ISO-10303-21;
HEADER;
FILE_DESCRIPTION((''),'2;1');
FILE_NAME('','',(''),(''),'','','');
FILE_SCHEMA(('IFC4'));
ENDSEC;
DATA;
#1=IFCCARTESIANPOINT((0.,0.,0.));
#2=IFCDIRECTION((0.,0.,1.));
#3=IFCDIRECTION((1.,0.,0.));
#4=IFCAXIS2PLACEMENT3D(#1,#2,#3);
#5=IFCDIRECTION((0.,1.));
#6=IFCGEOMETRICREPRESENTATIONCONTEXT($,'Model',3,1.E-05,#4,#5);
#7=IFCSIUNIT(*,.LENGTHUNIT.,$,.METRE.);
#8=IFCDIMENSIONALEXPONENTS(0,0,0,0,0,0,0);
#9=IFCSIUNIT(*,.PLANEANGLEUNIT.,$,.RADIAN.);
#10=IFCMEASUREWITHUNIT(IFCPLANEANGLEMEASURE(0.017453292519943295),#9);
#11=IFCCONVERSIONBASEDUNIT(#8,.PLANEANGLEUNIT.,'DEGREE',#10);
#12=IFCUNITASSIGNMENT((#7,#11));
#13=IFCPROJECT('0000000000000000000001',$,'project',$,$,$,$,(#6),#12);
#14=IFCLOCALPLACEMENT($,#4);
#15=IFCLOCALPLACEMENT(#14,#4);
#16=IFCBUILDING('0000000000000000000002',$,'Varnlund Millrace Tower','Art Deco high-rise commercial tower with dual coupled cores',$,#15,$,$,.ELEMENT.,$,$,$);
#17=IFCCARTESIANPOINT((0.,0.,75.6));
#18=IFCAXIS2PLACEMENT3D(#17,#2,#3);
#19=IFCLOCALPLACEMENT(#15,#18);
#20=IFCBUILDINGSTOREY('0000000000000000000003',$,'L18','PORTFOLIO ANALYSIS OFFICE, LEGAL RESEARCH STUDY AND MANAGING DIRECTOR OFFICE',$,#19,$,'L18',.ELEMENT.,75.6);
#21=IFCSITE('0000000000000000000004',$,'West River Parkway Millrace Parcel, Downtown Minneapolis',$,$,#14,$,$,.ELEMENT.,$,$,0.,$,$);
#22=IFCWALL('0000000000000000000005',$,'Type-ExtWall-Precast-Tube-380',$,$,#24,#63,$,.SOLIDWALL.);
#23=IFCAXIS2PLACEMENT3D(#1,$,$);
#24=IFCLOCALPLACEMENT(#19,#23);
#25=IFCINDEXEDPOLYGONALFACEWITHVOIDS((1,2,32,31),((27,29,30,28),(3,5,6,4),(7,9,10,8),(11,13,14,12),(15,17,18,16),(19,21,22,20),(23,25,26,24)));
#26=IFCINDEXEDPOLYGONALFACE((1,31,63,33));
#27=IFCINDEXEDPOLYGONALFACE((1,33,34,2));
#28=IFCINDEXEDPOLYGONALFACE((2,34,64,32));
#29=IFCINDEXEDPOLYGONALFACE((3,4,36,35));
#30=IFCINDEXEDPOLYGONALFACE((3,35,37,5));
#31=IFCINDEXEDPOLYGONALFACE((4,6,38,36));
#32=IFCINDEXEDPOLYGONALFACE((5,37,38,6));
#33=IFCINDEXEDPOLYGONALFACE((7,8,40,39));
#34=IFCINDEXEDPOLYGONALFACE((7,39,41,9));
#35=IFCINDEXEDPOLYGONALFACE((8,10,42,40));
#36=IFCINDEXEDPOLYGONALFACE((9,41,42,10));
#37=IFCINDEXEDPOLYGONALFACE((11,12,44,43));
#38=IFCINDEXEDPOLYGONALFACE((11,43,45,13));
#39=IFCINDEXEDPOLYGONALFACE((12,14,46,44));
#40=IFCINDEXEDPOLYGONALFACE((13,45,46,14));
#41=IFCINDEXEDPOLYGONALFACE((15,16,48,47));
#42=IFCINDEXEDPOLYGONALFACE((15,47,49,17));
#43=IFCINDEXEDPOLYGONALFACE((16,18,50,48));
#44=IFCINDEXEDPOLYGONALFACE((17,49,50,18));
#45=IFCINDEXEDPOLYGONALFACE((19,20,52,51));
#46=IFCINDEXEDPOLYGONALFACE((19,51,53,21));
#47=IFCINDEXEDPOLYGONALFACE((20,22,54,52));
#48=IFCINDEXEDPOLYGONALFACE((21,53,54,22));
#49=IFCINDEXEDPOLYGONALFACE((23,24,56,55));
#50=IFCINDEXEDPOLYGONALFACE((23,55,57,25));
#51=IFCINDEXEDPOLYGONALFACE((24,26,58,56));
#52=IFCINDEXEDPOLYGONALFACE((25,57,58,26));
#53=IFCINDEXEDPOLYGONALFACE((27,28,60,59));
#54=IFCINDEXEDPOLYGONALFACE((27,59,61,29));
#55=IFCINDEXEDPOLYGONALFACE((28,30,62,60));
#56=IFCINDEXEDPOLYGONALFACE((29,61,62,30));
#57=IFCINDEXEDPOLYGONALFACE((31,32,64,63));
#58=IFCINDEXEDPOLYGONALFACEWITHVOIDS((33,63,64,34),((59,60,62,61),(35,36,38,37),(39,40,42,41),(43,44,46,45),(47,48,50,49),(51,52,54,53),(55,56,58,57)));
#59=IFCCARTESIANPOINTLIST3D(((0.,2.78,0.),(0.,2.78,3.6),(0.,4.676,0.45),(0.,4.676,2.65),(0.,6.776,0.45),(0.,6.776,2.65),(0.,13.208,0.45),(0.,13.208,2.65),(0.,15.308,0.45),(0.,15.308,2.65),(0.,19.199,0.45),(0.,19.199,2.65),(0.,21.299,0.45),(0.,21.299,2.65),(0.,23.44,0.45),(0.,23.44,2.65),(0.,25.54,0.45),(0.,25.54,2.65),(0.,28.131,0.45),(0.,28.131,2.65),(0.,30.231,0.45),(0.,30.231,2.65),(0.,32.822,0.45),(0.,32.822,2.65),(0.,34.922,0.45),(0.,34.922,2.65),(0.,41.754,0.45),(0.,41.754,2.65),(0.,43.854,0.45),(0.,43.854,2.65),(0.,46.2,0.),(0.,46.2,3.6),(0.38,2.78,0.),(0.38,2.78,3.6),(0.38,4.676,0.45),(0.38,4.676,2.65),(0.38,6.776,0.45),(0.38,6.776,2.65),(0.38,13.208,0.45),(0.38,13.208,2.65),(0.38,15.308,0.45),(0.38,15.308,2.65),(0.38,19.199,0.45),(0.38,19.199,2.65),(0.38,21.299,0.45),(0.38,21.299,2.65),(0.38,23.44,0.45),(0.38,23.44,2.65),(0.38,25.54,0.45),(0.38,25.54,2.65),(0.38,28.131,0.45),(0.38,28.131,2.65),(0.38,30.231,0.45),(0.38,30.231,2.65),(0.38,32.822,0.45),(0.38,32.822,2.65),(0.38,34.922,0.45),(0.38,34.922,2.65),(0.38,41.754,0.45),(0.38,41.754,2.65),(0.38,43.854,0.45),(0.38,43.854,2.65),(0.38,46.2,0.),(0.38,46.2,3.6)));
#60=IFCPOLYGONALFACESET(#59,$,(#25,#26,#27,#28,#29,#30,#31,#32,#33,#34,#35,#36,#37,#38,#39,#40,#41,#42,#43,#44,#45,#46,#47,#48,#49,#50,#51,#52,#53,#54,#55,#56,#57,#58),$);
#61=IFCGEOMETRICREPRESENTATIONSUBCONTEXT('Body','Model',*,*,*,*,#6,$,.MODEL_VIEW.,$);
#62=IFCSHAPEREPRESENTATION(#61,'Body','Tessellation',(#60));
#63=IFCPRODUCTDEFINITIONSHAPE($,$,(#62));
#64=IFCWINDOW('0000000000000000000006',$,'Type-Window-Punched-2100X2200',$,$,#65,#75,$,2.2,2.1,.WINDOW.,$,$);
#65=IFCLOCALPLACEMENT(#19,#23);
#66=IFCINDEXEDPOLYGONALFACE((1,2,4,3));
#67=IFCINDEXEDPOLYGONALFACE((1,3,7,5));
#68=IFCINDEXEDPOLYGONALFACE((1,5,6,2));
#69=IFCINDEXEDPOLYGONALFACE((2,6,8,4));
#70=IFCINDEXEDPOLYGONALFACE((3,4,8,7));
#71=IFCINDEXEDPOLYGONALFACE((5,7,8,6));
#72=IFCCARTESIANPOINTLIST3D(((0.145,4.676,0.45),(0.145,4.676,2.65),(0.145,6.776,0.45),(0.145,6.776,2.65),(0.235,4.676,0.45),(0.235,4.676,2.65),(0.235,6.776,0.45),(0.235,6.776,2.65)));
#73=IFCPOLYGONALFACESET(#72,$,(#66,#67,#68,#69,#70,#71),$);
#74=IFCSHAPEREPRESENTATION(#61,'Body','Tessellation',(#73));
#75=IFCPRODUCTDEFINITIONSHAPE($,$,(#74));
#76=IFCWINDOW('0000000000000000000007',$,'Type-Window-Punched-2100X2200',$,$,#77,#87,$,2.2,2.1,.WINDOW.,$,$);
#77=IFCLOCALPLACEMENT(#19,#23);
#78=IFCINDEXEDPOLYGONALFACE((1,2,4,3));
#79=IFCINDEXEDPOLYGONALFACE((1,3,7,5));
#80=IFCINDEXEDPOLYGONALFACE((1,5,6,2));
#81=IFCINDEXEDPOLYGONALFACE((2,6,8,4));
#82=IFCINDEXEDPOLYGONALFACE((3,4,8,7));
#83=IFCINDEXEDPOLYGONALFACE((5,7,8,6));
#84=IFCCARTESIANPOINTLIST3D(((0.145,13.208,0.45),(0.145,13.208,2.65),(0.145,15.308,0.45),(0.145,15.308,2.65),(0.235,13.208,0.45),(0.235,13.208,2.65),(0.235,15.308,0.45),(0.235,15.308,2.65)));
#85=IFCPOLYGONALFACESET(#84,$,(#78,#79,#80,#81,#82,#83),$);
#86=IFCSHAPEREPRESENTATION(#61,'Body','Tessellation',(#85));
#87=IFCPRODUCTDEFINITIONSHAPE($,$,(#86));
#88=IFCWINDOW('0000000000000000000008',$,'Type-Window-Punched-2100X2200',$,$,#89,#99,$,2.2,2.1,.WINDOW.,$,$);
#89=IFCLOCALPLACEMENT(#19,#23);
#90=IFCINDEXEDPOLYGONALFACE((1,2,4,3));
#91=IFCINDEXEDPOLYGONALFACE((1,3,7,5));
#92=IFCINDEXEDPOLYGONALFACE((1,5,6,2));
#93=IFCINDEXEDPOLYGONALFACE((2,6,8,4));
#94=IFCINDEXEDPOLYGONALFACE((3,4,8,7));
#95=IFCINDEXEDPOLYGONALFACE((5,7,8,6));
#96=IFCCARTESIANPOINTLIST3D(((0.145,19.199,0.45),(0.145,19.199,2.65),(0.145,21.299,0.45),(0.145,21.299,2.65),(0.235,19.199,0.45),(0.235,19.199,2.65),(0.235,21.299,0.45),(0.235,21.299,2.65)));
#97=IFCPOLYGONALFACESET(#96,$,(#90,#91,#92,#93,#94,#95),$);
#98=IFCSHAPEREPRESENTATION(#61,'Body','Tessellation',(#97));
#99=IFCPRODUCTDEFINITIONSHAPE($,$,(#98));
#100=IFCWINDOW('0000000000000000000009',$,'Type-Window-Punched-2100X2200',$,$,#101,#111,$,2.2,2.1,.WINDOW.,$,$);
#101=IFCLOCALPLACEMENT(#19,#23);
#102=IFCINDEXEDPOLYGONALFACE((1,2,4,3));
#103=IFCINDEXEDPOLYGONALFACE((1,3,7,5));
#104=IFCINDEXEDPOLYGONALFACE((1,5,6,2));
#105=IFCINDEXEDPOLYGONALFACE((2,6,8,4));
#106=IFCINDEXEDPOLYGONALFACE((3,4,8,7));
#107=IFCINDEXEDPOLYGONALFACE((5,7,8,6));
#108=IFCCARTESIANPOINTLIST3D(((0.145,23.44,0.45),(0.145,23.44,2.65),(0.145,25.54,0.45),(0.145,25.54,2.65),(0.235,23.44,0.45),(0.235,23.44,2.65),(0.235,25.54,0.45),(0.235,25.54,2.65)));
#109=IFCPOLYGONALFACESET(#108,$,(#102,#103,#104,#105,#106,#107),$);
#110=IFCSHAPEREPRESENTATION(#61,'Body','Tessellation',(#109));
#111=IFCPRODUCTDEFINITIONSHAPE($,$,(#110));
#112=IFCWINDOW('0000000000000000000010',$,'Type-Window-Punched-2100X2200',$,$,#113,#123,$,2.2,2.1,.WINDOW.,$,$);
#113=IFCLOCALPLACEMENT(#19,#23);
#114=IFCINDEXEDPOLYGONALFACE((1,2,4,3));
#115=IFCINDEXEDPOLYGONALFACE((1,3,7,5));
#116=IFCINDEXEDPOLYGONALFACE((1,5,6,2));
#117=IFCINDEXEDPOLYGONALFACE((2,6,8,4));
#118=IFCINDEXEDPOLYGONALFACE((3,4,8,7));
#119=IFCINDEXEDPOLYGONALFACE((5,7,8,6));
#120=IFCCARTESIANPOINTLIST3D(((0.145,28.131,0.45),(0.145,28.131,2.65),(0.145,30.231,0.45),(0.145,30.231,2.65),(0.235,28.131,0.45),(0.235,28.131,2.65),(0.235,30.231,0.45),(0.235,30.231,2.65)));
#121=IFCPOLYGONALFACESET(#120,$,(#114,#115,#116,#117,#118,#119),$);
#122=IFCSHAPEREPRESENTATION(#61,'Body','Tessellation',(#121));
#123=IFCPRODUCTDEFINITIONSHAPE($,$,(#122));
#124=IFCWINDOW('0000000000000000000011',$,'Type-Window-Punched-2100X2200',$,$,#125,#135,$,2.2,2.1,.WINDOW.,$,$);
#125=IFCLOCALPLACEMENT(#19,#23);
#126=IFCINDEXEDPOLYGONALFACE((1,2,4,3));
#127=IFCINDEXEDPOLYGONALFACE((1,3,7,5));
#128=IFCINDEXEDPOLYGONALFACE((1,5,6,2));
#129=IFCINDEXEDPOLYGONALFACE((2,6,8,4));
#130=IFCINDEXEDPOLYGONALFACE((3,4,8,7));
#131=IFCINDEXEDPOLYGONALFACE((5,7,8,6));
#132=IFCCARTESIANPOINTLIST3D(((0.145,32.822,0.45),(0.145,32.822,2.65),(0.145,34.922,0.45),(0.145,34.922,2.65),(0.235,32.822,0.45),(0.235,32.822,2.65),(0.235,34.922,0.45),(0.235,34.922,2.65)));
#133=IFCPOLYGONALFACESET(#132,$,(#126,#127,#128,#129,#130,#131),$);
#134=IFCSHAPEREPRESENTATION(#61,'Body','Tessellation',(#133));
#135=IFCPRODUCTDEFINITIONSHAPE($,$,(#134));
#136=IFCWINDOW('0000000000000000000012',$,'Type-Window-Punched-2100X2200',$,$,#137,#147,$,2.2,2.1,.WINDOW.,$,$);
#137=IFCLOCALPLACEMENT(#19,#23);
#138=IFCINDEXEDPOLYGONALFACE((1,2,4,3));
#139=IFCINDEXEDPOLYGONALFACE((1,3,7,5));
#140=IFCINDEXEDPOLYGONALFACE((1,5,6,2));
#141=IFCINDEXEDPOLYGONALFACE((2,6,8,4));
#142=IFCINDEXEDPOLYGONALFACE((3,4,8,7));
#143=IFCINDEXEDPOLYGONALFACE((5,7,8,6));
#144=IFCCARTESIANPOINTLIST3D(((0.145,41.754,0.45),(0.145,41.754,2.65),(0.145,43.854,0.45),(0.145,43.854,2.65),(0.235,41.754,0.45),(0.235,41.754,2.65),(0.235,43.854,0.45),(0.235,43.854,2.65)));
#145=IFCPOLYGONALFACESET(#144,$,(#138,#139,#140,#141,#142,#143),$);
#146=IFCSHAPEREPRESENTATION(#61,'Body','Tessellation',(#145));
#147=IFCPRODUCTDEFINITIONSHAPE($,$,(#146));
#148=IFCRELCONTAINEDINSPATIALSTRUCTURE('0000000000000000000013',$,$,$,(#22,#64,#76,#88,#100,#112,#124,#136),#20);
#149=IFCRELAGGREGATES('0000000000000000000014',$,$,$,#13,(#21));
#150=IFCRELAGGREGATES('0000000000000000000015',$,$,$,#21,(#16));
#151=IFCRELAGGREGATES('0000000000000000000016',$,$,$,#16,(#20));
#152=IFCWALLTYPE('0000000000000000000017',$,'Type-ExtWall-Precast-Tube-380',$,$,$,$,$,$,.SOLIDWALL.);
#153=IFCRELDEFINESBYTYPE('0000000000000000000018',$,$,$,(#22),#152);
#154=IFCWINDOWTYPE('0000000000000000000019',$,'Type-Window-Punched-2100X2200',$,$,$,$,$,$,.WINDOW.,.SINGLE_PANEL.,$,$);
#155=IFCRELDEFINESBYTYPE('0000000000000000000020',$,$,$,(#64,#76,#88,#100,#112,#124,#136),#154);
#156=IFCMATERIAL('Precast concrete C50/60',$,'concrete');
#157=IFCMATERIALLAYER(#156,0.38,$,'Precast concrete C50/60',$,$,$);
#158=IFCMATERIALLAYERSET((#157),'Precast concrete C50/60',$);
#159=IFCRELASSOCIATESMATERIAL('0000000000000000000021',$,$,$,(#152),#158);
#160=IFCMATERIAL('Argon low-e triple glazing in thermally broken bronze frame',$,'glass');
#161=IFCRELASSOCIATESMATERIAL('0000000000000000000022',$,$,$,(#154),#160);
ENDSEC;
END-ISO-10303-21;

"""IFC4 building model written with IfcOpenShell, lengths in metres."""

from ifc_helpers import new_model, entity, si_unit, converted_unit, direction, frame, origin_with_axes, origin_2d_with_axis, place, context, subcontext, project, spatial, polyline, rectangle, outline, extrude, material, layer, layer_set, type_object, element, fill, save


model = new_model("IFC4")

# Units and contexts
model_context = context("Model", 3, precision=1e-05, world=origin_with_axes(), true_north=direction((0.0, 1.0)))
body_context = subcontext(model_context, "Body", "Model", "MODEL_VIEW")
ifc_project = project(units=[si_unit("LENGTHUNIT", "METRE"), converted_unit("PLANEANGLEUNIT", "DEGREE", entity("IfcPlaneAngleMeasure", 0.017453292519943295), si_unit("PLANEANGLEUNIT", "RADIAN"), dimensions=[0, 0, 0, 0, 0, 0, 0])], contexts=[model_context])

# Site, building, storey
site_placement = place(None, origin_with_axes())
site = spatial("IfcSite", under=ifc_project, at=site_placement, Name="West River Parkway Millrace Parcel, Downtown Minneapolis", CompositionType="ELEMENT", RefElevation=0.0)
building_placement = place(site_placement, origin_with_axes())
building = spatial("IfcBuilding", under=site, at=building_placement, Name="Varnlund Millrace Tower", Description="Art Deco high-rise commercial tower with dual coupled cores", CompositionType="ELEMENT")
storey_placement = place(building_placement, frame((0.0, 0.0, 75.6), z_axis=(0.0, 0.0, 1.0), x_axis=(1.0, 0.0, 0.0)))
storey = spatial("IfcBuildingStorey", under=building, at=storey_placement, Name="L18", Description="PORTFOLIO ANALYSIS OFFICE, LEGAL RESEARCH STUDY AND MANAGING DIRECTOR OFFICE", LongName="L18", CompositionType="ELEMENT", Elevation=75.6)

# Shared definitions
ifc_material_1 = material(Name="Precast concrete C50/60", Category="concrete")
ifc_layer_1 = layer(ifc_material_1, 0.38, Name="Precast concrete C50/60")
ifc_layer_set_1 = layer_set([ifc_layer_1], Name="Precast concrete C50/60")
wall_type = type_object("IfcWallType", Name="Type-ExtWall-Precast-Tube-380", PredefinedType="SOLIDWALL", material=ifc_layer_set_1)

# Wall, openings, windows
wall_1_placement = place(storey_placement, frame((0.19, 2.78, 0.0), z_axis=(0.0, 0.0, 1.0), x_axis=(0.0, 1.0, 0.0)))
wall_1 = element("IfcWall", 1, at=wall_1_placement, inside=storey, type_object=wall_type, Name="Type-ExtWall-Precast-Tube-380", PredefinedType="SOLIDWALL", context=body_context, shape_type="SweptSolid", body=[
    extrude(outline(polyline([(0.0, -0.19), (43.42, -0.19), (43.42, 0.19), (0.0, 0.19), (0.0, -0.19)])), origin_with_axes(), (0.0, 0.0, 1.0), 3.6),
])
opening_1_placement = place(wall_1_placement, frame((2.946, 0.0, 0.45), z_axis=(0.0, 0.0, 1.0), x_axis=(1.0, 0.0, 0.0)))
opening_1 = element("IfcOpeningElement", 2, at=opening_1_placement, cuts=wall_1, PredefinedType="OPENING", context=body_context, shape_type="SweptSolid", body=[
    extrude(rectangle(XDim=2.1, YDim=0.4, at=origin_2d_with_axis()), origin_with_axes(), (0.0, 0.0, 1.0), 2.2),
])
opening_2_placement = place(wall_1_placement, frame((11.478, 0.0, 0.45), z_axis=(0.0, 0.0, 1.0), x_axis=(1.0, 0.0, 0.0)))
opening_2 = element("IfcOpeningElement", 3, at=opening_2_placement, cuts=wall_1, PredefinedType="OPENING", context=body_context, shape_type="SweptSolid", body=[
    extrude(rectangle(XDim=2.1, YDim=0.4, at=origin_2d_with_axis()), origin_with_axes(), (0.0, 0.0, 1.0), 2.2),
])
opening_3_placement = place(wall_1_placement, frame((17.469, 0.0, 0.45), z_axis=(0.0, 0.0, 1.0), x_axis=(1.0, 0.0, 0.0)))
opening_3 = element("IfcOpeningElement", 4, at=opening_3_placement, cuts=wall_1, PredefinedType="OPENING", context=body_context, shape_type="SweptSolid", body=[
    extrude(rectangle(XDim=2.1, YDim=0.4, at=origin_2d_with_axis()), origin_with_axes(), (0.0, 0.0, 1.0), 2.2),
])
opening_4_placement = place(wall_1_placement, frame((21.71, 0.0, 0.45), z_axis=(0.0, 0.0, 1.0), x_axis=(1.0, 0.0, 0.0)))
opening_4 = element("IfcOpeningElement", 5, at=opening_4_placement, cuts=wall_1, PredefinedType="OPENING", context=body_context, shape_type="SweptSolid", body=[
    extrude(rectangle(XDim=2.1, YDim=0.4, at=origin_2d_with_axis()), origin_with_axes(), (0.0, 0.0, 1.0), 2.2),
])
opening_5_placement = place(wall_1_placement, frame((26.401, 0.0, 0.45), z_axis=(0.0, 0.0, 1.0), x_axis=(1.0, 0.0, 0.0)))
opening_5 = element("IfcOpeningElement", 6, at=opening_5_placement, cuts=wall_1, PredefinedType="OPENING", context=body_context, shape_type="SweptSolid", body=[
    extrude(rectangle(XDim=2.1, YDim=0.4, at=origin_2d_with_axis()), origin_with_axes(), (0.0, 0.0, 1.0), 2.2),
])
opening_6_placement = place(wall_1_placement, frame((31.092, 0.0, 0.45), z_axis=(0.0, 0.0, 1.0), x_axis=(1.0, 0.0, 0.0)))
opening_6 = element("IfcOpeningElement", 7, at=opening_6_placement, cuts=wall_1, PredefinedType="OPENING", context=body_context, shape_type="SweptSolid", body=[
    extrude(rectangle(XDim=2.1, YDim=0.4, at=origin_2d_with_axis()), origin_with_axes(), (0.0, 0.0, 1.0), 2.2),
])
opening_7_placement = place(wall_1_placement, frame((40.024, 0.0, 0.45), z_axis=(0.0, 0.0, 1.0), x_axis=(1.0, 0.0, 0.0)))
opening_7 = element("IfcOpeningElement", 8, at=opening_7_placement, cuts=wall_1, PredefinedType="OPENING", context=body_context, shape_type="SweptSolid", body=[
    extrude(rectangle(XDim=2.1, YDim=0.4, at=origin_2d_with_axis()), origin_with_axes(), (0.0, 0.0, 1.0), 2.2),
])
ifc_material_2 = material(Name="Argon low-e triple glazing in thermally broken bronze frame", Category="glass")
window_type = type_object("IfcWindowType", Name="Type-Window-Punched-2100X2200", PartitioningType="SINGLE_PANEL", PredefinedType="WINDOW", material=ifc_material_2)
window_1_placement = place(wall_1_placement, frame((2.946, 0.0, 0.45), z_axis=(0.0, 0.0, 1.0), x_axis=(1.0, 0.0, 0.0)))
window_1 = element("IfcWindow", 9, at=window_1_placement, inside=storey, type_object=window_type, Name="Type-Window-Punched-2100X2200", OverallHeight=2.2, OverallWidth=2.1, PredefinedType="WINDOW", context=body_context, shape_type="SweptSolid", body=[
    extrude(rectangle(XDim=2.1, YDim=0.09, at=origin_2d_with_axis()), origin_with_axes(), (0.0, 0.0, 1.0), 2.2),
])
fill(opening_1, window_1)
window_2_placement = place(wall_1_placement, frame((11.478, 0.0, 0.45), z_axis=(0.0, 0.0, 1.0), x_axis=(1.0, 0.0, 0.0)))
window_2 = element("IfcWindow", 10, at=window_2_placement, inside=storey, type_object=window_type, Name="Type-Window-Punched-2100X2200", OverallHeight=2.2, OverallWidth=2.1, PredefinedType="WINDOW", context=body_context, shape_type="SweptSolid", body=[
    extrude(rectangle(XDim=2.1, YDim=0.09, at=origin_2d_with_axis()), origin_with_axes(), (0.0, 0.0, 1.0), 2.2),
])
fill(opening_2, window_2)
window_3_placement = place(wall_1_placement, frame((17.469, 0.0, 0.45), z_axis=(0.0, 0.0, 1.0), x_axis=(1.0, 0.0, 0.0)))
window_3 = element("IfcWindow", 11, at=window_3_placement, inside=storey, type_object=window_type, Name="Type-Window-Punched-2100X2200", OverallHeight=2.2, OverallWidth=2.1, PredefinedType="WINDOW", context=body_context, shape_type="SweptSolid", body=[
    extrude(rectangle(XDim=2.1, YDim=0.09, at=origin_2d_with_axis()), origin_with_axes(), (0.0, 0.0, 1.0), 2.2),
])
fill(opening_3, window_3)
window_4_placement = place(wall_1_placement, frame((21.71, 0.0, 0.45), z_axis=(0.0, 0.0, 1.0), x_axis=(1.0, 0.0, 0.0)))
window_4 = element("IfcWindow", 12, at=window_4_placement, inside=storey, type_object=window_type, Name="Type-Window-Punched-2100X2200", OverallHeight=2.2, OverallWidth=2.1, PredefinedType="WINDOW", context=body_context, shape_type="SweptSolid", body=[
    extrude(rectangle(XDim=2.1, YDim=0.09, at=origin_2d_with_axis()), origin_with_axes(), (0.0, 0.0, 1.0), 2.2),
])
fill(opening_4, window_4)
window_5_placement = place(wall_1_placement, frame((26.401, 0.0, 0.45), z_axis=(0.0, 0.0, 1.0), x_axis=(1.0, 0.0, 0.0)))
window_5 = element("IfcWindow", 13, at=window_5_placement, inside=storey, type_object=window_type, Name="Type-Window-Punched-2100X2200", OverallHeight=2.2, OverallWidth=2.1, PredefinedType="WINDOW", context=body_context, shape_type="SweptSolid", body=[
    extrude(rectangle(XDim=2.1, YDim=0.09, at=origin_2d_with_axis()), origin_with_axes(), (0.0, 0.0, 1.0), 2.2),
])
fill(opening_5, window_5)
window_6_placement = place(wall_1_placement, frame((31.092, 0.0, 0.45), z_axis=(0.0, 0.0, 1.0), x_axis=(1.0, 0.0, 0.0)))
window_6 = element("IfcWindow", 14, at=window_6_placement, inside=storey, type_object=window_type, Name="Type-Window-Punched-2100X2200", OverallHeight=2.2, OverallWidth=2.1, PredefinedType="WINDOW", context=body_context, shape_type="SweptSolid", body=[
    extrude(rectangle(XDim=2.1, YDim=0.09, at=origin_2d_with_axis()), origin_with_axes(), (0.0, 0.0, 1.0), 2.2),
])
fill(opening_6, window_6)
window_7_placement = place(wall_1_placement, frame((40.024, 0.0, 0.45), z_axis=(0.0, 0.0, 1.0), x_axis=(1.0, 0.0, 0.0)))
window_7 = element("IfcWindow", 15, at=window_7_placement, inside=storey, type_object=window_type, Name="Type-Window-Punched-2100X2200", OverallHeight=2.2, OverallWidth=2.1, PredefinedType="WINDOW", context=body_context, shape_type="SweptSolid", body=[
    extrude(rectangle(XDim=2.1, YDim=0.09, at=origin_2d_with_axis()), origin_with_axes(), (0.0, 0.0, 1.0), 2.2),
])
fill(opening_7, window_7)

save(model, "model.ifc")
